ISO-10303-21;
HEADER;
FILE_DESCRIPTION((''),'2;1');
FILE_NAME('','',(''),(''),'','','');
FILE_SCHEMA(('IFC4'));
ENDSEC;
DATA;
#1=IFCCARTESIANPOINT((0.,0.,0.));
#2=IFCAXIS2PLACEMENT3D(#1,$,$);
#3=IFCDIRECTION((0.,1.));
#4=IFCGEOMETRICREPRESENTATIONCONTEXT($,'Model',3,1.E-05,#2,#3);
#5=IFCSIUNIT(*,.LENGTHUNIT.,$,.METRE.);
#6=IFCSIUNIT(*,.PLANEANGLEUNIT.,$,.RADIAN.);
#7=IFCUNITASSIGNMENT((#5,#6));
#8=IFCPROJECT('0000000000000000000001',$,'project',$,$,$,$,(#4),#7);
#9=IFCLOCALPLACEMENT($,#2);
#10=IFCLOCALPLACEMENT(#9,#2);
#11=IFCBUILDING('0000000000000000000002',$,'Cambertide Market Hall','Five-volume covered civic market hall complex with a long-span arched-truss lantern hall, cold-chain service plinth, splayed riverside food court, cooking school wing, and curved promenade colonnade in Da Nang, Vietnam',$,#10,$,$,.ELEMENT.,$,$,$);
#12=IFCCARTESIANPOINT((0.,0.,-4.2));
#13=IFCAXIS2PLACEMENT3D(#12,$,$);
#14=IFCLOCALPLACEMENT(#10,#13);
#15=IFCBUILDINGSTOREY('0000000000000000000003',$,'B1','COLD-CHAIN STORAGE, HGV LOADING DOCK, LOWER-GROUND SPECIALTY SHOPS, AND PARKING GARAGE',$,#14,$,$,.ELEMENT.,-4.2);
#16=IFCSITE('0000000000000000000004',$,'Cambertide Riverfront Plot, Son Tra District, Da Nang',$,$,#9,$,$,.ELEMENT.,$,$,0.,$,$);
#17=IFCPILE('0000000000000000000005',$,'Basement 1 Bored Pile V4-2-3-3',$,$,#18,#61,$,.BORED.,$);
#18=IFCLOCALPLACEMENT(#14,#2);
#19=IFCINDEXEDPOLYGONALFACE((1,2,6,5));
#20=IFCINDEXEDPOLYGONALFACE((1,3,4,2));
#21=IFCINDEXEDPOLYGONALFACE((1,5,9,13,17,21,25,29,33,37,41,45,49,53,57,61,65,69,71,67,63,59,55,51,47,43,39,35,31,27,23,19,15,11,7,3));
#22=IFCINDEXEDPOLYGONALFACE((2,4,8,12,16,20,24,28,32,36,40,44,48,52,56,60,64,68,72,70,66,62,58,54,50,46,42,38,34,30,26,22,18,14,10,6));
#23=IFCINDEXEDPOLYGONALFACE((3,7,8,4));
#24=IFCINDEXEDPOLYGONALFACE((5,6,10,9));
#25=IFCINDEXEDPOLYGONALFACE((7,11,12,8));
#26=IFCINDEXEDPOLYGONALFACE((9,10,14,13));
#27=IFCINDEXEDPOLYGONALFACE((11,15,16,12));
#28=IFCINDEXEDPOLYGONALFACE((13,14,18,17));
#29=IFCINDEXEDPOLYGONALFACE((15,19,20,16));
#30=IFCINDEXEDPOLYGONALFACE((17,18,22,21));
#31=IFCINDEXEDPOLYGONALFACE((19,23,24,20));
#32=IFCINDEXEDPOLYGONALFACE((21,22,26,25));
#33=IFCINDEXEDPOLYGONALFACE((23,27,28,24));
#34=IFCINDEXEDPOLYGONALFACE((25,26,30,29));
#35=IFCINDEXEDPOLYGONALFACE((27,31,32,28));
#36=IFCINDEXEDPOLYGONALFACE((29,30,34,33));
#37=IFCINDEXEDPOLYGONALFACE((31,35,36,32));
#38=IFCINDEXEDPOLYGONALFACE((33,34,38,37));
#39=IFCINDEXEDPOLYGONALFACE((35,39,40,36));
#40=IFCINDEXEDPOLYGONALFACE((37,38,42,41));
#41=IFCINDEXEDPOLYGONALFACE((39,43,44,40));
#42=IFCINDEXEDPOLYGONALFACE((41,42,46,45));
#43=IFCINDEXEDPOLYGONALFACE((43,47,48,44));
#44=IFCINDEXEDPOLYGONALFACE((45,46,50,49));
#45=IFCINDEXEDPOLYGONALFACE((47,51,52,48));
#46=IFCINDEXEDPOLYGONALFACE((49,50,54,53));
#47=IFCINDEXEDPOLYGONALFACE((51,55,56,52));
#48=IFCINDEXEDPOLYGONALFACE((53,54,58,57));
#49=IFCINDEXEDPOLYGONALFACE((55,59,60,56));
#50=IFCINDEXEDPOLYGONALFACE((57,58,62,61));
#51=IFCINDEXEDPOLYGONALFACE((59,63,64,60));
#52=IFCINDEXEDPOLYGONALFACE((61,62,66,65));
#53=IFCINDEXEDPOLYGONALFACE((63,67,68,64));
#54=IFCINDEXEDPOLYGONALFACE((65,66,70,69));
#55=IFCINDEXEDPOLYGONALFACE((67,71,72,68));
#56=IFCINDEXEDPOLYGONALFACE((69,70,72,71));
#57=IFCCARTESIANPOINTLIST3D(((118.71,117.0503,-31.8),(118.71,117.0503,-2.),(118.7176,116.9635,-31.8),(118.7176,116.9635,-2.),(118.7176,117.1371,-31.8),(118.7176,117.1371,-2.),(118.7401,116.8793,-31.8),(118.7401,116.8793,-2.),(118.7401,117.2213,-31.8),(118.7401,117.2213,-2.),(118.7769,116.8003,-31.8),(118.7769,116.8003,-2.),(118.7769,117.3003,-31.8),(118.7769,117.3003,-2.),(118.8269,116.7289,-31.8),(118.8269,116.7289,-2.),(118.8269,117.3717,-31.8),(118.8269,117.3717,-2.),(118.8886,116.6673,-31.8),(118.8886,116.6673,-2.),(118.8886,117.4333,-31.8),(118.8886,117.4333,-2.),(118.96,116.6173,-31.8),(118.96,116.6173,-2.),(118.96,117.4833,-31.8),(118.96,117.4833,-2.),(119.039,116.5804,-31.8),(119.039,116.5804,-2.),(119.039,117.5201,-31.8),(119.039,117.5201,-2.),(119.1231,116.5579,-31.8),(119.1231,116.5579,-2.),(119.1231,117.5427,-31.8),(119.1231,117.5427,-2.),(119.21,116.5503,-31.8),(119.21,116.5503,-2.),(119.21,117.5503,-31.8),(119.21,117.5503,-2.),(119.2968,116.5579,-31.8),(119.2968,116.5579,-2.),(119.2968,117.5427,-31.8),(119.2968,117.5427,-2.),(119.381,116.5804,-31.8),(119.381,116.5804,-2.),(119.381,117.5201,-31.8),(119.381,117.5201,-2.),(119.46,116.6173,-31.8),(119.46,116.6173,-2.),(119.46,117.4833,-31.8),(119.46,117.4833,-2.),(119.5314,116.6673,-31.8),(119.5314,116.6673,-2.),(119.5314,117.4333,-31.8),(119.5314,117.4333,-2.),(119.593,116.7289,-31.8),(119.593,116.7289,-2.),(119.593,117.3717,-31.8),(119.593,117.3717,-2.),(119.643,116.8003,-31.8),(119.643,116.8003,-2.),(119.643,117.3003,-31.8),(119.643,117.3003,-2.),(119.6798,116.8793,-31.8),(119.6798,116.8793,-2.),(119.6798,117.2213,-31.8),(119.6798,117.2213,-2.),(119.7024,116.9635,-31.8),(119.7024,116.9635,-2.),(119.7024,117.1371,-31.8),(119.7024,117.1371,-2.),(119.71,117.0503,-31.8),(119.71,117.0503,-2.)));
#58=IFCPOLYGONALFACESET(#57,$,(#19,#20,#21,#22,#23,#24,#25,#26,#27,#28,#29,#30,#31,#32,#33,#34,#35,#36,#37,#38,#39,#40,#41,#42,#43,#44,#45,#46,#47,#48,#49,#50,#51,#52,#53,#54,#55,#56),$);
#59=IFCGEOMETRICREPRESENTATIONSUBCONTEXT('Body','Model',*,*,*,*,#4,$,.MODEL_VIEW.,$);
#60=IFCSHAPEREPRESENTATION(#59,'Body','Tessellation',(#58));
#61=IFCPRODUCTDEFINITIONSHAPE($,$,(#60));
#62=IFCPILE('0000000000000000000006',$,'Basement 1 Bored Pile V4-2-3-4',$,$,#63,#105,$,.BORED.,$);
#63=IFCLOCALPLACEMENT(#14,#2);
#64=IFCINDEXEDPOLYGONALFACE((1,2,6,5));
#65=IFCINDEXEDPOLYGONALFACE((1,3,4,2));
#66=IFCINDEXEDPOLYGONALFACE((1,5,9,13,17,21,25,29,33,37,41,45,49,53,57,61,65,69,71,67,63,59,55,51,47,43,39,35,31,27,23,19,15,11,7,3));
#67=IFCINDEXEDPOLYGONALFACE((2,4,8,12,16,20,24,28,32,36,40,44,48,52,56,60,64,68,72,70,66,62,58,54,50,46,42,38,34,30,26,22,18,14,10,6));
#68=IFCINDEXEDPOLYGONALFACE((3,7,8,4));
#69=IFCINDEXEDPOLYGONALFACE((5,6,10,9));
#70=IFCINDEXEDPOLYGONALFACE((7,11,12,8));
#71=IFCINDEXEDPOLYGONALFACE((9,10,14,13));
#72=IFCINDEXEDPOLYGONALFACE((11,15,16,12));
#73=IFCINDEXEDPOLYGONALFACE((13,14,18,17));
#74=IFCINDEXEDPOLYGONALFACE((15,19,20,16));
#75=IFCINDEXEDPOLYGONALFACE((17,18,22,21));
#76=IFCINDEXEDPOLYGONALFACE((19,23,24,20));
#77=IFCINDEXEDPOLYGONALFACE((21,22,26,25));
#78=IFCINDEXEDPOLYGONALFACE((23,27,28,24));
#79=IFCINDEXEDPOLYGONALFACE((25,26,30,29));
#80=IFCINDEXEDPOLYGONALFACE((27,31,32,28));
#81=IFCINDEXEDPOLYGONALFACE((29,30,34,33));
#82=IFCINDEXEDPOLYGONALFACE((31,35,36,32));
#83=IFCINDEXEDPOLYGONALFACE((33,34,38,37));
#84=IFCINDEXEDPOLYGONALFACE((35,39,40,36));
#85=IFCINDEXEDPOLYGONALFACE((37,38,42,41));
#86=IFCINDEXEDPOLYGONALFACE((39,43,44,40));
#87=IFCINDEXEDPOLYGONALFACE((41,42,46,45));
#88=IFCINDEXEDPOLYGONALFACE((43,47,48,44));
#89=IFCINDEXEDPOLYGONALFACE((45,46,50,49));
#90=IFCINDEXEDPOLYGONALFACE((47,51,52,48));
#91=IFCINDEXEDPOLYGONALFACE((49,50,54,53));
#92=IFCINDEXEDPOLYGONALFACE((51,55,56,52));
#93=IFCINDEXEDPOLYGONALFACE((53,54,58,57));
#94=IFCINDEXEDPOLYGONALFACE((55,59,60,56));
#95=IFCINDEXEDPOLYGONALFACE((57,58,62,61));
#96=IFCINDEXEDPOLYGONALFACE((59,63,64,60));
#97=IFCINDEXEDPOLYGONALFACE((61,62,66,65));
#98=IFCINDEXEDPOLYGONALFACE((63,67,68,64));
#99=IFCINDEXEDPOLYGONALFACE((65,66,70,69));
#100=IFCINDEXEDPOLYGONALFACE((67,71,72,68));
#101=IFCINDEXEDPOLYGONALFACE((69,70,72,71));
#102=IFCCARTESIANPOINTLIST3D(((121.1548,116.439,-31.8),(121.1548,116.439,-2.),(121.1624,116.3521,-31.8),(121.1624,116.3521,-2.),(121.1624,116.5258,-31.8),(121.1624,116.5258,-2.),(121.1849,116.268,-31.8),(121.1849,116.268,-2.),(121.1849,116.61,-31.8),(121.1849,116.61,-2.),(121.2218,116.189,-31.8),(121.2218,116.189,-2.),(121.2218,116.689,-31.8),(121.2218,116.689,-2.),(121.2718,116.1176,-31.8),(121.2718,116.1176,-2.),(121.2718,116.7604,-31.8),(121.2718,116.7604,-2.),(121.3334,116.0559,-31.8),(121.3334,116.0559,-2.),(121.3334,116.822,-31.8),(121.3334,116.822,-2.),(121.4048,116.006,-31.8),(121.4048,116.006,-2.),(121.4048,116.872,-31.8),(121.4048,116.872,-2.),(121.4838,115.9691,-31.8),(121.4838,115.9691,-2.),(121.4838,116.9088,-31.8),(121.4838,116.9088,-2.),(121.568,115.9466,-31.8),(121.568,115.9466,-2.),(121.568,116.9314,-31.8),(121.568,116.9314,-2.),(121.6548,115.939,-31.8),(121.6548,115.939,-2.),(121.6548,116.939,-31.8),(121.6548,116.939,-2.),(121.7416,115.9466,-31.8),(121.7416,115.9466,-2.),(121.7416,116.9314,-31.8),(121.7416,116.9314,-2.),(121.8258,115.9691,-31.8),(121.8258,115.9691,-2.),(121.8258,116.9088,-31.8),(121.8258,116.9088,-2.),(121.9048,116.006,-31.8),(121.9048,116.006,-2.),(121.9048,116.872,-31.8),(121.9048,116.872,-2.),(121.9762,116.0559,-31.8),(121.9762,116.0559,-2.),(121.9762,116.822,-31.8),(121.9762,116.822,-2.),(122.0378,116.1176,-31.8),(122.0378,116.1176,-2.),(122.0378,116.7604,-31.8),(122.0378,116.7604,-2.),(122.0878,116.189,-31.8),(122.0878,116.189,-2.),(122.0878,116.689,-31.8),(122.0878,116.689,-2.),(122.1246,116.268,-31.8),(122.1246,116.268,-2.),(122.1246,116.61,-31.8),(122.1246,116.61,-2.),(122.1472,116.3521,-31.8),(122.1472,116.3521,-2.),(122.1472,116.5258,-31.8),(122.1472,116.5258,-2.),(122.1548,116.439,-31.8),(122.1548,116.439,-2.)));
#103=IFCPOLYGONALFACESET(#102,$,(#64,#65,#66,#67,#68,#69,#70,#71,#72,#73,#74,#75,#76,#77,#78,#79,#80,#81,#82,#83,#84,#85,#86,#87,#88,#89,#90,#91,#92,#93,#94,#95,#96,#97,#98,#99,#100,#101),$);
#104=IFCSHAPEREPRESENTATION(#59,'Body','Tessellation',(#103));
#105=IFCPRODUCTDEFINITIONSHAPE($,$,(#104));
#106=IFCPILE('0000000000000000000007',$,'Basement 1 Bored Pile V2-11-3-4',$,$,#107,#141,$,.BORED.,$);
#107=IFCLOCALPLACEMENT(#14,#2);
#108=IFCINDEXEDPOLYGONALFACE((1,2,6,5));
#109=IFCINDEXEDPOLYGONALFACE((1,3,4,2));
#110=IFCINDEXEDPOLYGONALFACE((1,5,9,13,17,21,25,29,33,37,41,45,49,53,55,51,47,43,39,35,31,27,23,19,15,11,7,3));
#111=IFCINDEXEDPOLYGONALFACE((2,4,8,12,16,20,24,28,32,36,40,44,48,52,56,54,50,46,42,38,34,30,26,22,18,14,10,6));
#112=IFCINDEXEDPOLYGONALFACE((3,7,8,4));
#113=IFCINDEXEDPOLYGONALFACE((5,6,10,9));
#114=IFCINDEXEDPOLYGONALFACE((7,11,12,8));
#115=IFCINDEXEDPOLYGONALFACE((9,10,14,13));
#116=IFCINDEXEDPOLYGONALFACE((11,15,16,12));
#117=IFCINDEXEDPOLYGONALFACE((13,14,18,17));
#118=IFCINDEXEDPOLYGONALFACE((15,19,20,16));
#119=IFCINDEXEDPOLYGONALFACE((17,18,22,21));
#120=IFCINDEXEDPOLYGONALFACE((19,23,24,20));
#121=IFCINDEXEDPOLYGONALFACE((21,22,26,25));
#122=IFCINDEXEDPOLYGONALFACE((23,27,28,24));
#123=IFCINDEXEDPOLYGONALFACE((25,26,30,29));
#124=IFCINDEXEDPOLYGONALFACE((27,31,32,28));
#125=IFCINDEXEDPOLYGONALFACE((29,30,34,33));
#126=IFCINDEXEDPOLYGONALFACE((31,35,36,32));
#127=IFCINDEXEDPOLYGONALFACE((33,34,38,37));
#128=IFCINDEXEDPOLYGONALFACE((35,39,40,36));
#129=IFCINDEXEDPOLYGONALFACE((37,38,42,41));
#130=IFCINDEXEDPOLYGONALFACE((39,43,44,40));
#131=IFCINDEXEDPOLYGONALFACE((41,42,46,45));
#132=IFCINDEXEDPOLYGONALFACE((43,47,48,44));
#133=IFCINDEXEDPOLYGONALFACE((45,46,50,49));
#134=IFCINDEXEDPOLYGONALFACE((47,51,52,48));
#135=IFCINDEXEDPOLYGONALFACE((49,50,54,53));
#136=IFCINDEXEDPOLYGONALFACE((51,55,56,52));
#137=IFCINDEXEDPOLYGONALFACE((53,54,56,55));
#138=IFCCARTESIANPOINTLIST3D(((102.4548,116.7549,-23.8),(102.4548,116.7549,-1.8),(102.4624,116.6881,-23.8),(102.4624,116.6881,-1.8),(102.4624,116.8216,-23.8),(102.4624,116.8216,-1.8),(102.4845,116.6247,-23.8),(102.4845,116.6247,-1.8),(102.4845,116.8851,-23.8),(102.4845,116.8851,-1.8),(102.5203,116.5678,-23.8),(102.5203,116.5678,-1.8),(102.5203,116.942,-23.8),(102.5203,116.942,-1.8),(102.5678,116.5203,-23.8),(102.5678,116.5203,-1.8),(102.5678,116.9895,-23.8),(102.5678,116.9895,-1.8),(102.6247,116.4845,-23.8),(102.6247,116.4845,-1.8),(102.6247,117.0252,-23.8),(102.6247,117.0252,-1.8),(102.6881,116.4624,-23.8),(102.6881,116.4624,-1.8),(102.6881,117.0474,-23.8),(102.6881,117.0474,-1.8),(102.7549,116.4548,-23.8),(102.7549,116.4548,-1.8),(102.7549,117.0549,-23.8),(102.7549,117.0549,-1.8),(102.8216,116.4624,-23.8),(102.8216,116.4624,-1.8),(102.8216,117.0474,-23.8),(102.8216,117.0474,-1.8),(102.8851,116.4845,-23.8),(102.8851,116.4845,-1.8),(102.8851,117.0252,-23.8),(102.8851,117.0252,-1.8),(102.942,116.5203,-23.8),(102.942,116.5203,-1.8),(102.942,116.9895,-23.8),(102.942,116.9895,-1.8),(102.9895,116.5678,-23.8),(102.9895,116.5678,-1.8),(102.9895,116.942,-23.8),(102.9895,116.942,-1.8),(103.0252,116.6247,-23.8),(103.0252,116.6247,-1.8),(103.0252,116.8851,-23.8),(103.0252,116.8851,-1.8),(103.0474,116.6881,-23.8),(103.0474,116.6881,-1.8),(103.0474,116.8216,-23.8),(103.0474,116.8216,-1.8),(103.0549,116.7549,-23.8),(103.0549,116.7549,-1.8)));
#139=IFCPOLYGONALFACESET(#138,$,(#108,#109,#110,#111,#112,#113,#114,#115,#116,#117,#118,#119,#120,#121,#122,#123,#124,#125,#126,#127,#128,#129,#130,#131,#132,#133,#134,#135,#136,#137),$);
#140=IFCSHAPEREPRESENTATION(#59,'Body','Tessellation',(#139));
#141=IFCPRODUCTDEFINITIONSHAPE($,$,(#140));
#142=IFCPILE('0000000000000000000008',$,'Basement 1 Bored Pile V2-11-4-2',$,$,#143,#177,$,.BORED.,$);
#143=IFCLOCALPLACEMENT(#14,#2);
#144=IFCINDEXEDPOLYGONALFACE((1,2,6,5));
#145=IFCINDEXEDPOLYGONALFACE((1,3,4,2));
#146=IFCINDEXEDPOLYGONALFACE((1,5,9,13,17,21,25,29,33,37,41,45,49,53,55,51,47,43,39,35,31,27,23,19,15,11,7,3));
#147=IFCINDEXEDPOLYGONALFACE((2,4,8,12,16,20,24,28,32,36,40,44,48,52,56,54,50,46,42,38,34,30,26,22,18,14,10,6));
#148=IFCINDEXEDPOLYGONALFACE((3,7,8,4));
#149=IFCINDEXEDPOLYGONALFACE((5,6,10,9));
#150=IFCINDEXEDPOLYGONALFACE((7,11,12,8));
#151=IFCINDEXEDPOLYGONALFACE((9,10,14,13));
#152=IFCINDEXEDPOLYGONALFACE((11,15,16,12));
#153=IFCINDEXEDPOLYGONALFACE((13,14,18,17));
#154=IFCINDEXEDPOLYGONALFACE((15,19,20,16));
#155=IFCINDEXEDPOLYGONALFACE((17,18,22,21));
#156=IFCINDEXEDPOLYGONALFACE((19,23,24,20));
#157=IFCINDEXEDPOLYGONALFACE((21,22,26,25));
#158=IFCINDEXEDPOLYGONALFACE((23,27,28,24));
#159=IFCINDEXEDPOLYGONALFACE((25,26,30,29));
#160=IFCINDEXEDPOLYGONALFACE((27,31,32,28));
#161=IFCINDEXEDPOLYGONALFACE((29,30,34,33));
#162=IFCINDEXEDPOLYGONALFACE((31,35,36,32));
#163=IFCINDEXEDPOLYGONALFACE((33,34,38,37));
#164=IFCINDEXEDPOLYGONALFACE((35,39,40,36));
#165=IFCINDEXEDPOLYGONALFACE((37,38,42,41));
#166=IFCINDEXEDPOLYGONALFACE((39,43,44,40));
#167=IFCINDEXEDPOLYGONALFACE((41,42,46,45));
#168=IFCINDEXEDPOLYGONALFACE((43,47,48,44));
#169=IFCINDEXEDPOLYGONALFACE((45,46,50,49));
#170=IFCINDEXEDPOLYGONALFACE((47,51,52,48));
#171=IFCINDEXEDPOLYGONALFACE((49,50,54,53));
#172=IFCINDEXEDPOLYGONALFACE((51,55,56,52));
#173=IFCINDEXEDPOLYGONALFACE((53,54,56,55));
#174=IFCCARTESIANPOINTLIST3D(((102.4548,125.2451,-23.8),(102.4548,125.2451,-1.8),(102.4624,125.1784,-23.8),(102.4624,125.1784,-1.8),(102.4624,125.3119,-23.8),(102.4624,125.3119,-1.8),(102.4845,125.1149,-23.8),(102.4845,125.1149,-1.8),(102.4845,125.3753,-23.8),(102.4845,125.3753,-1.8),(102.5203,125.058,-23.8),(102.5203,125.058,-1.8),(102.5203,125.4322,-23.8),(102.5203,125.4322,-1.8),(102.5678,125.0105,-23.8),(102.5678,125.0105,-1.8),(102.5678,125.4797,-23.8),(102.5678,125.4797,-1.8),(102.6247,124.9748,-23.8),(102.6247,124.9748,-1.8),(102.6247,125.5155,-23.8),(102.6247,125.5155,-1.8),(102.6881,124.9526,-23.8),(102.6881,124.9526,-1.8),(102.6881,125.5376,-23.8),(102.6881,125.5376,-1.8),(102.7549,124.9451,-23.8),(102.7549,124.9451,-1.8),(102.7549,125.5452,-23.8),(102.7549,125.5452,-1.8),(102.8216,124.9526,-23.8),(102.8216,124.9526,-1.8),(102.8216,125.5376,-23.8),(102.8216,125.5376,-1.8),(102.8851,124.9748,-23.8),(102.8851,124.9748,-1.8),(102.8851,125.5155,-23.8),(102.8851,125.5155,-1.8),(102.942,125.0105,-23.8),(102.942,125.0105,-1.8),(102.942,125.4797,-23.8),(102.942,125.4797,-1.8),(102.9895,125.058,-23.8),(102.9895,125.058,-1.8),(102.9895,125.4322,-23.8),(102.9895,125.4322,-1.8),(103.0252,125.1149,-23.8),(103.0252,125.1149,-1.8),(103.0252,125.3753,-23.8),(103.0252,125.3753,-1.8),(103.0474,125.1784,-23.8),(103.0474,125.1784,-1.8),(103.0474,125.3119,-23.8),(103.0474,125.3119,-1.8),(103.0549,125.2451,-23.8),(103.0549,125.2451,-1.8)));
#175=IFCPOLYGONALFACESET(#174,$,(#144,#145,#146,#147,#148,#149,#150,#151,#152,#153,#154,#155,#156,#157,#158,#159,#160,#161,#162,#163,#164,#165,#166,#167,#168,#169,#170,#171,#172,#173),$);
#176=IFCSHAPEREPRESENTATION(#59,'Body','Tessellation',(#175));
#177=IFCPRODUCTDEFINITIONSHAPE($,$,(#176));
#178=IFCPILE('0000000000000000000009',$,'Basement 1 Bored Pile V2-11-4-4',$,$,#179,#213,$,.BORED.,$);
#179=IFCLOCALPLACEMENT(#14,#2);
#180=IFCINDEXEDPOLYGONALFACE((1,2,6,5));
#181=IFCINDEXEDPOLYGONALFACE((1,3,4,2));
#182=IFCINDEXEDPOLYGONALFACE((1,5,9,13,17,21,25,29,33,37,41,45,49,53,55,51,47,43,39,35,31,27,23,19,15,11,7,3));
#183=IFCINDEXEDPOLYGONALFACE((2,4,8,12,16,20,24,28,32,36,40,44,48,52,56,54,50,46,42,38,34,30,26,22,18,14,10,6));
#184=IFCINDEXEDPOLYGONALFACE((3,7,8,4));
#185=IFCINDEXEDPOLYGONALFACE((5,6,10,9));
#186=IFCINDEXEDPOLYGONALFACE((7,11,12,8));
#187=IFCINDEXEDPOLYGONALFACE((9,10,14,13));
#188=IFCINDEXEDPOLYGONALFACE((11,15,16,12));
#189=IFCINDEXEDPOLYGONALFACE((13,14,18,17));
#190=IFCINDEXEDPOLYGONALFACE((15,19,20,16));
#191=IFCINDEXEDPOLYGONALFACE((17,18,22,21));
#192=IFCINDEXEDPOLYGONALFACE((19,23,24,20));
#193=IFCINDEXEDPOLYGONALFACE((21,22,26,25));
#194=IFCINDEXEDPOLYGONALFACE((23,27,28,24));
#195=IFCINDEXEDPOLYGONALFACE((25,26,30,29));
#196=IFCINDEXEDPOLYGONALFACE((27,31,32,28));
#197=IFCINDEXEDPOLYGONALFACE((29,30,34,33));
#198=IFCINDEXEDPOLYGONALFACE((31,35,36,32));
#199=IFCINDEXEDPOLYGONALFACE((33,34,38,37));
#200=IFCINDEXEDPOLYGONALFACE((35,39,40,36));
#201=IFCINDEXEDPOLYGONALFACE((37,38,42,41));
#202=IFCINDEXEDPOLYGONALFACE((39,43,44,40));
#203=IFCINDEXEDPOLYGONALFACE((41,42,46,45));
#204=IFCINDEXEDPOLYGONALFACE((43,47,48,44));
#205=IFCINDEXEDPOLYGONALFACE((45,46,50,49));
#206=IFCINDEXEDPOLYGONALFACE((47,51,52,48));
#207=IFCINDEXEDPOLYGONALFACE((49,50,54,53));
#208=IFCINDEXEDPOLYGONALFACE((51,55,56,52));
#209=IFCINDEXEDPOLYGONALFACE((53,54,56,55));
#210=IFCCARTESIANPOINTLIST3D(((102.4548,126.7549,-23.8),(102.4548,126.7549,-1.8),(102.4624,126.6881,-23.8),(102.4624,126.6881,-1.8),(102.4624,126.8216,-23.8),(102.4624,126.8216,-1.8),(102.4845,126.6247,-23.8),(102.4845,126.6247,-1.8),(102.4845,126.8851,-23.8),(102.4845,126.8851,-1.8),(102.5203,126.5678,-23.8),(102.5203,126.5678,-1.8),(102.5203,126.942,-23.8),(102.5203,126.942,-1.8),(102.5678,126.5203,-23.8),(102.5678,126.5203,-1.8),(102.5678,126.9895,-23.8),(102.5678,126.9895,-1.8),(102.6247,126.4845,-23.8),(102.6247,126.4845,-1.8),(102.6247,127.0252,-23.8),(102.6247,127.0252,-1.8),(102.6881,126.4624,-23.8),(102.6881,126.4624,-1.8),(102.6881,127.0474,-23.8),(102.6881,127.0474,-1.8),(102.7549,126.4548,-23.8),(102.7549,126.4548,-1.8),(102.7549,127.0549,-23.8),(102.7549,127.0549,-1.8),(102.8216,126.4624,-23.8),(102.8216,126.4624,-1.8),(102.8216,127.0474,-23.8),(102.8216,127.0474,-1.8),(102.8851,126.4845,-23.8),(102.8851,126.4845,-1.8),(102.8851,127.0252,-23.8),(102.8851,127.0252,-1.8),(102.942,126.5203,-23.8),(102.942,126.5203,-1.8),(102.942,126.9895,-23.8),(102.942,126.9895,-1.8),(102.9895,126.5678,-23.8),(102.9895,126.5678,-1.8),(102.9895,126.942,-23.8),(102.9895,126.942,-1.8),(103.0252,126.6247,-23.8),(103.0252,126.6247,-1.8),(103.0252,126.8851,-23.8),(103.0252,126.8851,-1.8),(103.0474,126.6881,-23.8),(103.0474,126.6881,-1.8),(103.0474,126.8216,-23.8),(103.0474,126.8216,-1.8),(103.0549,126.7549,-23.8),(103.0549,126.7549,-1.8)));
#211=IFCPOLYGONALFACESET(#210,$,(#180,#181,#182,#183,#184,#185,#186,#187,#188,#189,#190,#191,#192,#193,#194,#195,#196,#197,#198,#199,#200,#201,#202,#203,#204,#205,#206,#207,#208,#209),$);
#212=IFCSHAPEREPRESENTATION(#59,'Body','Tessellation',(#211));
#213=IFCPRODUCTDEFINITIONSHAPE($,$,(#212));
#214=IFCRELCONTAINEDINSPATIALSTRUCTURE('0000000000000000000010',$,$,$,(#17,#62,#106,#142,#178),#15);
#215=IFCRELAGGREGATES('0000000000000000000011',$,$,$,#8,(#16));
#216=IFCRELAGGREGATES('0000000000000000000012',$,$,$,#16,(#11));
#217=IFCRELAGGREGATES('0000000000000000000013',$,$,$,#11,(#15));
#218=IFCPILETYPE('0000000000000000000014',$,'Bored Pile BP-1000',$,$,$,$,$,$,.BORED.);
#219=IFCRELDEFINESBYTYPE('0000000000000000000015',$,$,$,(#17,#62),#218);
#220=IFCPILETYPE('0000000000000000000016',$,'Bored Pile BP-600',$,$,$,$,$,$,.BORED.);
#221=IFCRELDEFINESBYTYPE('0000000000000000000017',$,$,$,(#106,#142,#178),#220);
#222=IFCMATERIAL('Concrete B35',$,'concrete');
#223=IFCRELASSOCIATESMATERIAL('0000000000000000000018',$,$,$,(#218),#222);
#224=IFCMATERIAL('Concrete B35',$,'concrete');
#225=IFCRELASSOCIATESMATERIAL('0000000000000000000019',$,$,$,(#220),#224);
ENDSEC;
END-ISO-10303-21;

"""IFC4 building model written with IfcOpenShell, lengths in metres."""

from ifc_helpers import new_model, si_unit, direction, frame, origin, origin_2d, place, context, subcontext, project, spatial, circle, extrude, material, material_profile, profile_set, type_object, element, save


model = new_model("IFC4")

# Units and contexts
model_context = context("Model", 3, precision=1e-05, world=origin(), true_north=direction((0.0, 1.0)))
body_context = subcontext(model_context, "Body", "Model", "MODEL_VIEW")
ifc_project = project(units=[si_unit("LENGTHUNIT", "METRE"), si_unit("PLANEANGLEUNIT", "RADIAN")], contexts=[model_context])

# Site, building, storey
site_placement = place(None, origin())
site = spatial("IfcSite", under=ifc_project, at=site_placement, Name="Cambertide Riverfront Plot, Son Tra District, Da Nang", CompositionType="ELEMENT", RefElevation=0.0)
building_placement = place(site_placement, origin())
building = spatial("IfcBuilding", under=site, at=building_placement, Name="Cambertide Market Hall", Description="Five-volume covered civic market hall complex with a long-span arched-truss lantern hall, cold-chain service plinth, splayed riverside food court, cooking school wing, and curved promenade colonnade in Da Nang, Vietnam", CompositionType="ELEMENT")
storey_placement = place(building_placement, frame((0.0, 0.0, -4.2)))
storey = spatial("IfcBuildingStorey", under=building, at=storey_placement, Name="B1", Description="COLD-CHAIN STORAGE, HGV LOADING DOCK, LOWER-GROUND SPECIALTY SHOPS, AND PARKING GARAGE", CompositionType="ELEMENT", Elevation=-4.2)

# Piles
ifc_material_1 = material(Name="Concrete B35", Category="concrete")
ifc_material_profile_1 = material_profile(ifc_material_1, circle(Radius=0.5, at=origin_2d()), Name="BP D1000")
ifc_profile_set_1 = profile_set([ifc_material_profile_1], Name="Concrete B35")
pile_type_1 = type_object("IfcPileType", Name="Bored Pile BP-1000", PredefinedType="BORED", material=ifc_profile_set_1)
for number, where, z_axis, x_axis, name in (
    (1, (119.21, 117.0503, -2.0), (0.0, 0.0, -1.0), (1.0, 0.0, 0.0), "Basement 1 Bored Pile V4-2-3-3"),
    (2, (121.6548, 116.439, -2.0), (0.0, 0.0, -1.0), (1.0, 0.0, 0.0), "Basement 1 Bored Pile V4-2-3-4"),
):
    element("IfcPile", number, at=place(storey_placement, frame(where, z_axis=z_axis, x_axis=x_axis)), inside=storey, type_object=pile_type_1, Name=name, PredefinedType="BORED", context=body_context, shape_type="SweptSolid", body=[
        extrude(circle(Radius=0.5, at=origin_2d()), origin(), (0.0, 0.0, 1.0), 29.8),
    ])
ifc_material_2 = material(Name="Concrete B35", Category="concrete")
ifc_material_profile_2 = material_profile(ifc_material_2, circle(Radius=0.3, at=origin_2d()), Name="BP D600")
ifc_profile_set_2 = profile_set([ifc_material_profile_2], Name="Concrete B35")
pile_type_2 = type_object("IfcPileType", Name="Bored Pile BP-600", PredefinedType="BORED", material=ifc_profile_set_2)
for number, where, z_axis, x_axis, name in (
    (3, (102.7549, 116.7549, -1.8), (0.0, 0.0, -1.0), (1.0, 0.0, 0.0), "Basement 1 Bored Pile V2-11-3-4"),
    (4, (102.7549, 125.2451, -1.8), (0.0, 0.0, -1.0), (1.0, 0.0, 0.0), "Basement 1 Bored Pile V2-11-4-2"),
    (5, (102.7549, 126.7549, -1.8), (0.0, 0.0, -1.0), (1.0, 0.0, 0.0), "Basement 1 Bored Pile V2-11-4-4"),
):
    element("IfcPile", number, at=place(storey_placement, frame(where, z_axis=z_axis, x_axis=x_axis)), inside=storey, type_object=pile_type_2, Name=name, PredefinedType="BORED", context=body_context, shape_type="SweptSolid", body=[
        extrude(circle(Radius=0.3, at=origin_2d()), origin(), (0.0, 0.0, 1.0), 22.0),
    ])

save(model, "model.ifc")
